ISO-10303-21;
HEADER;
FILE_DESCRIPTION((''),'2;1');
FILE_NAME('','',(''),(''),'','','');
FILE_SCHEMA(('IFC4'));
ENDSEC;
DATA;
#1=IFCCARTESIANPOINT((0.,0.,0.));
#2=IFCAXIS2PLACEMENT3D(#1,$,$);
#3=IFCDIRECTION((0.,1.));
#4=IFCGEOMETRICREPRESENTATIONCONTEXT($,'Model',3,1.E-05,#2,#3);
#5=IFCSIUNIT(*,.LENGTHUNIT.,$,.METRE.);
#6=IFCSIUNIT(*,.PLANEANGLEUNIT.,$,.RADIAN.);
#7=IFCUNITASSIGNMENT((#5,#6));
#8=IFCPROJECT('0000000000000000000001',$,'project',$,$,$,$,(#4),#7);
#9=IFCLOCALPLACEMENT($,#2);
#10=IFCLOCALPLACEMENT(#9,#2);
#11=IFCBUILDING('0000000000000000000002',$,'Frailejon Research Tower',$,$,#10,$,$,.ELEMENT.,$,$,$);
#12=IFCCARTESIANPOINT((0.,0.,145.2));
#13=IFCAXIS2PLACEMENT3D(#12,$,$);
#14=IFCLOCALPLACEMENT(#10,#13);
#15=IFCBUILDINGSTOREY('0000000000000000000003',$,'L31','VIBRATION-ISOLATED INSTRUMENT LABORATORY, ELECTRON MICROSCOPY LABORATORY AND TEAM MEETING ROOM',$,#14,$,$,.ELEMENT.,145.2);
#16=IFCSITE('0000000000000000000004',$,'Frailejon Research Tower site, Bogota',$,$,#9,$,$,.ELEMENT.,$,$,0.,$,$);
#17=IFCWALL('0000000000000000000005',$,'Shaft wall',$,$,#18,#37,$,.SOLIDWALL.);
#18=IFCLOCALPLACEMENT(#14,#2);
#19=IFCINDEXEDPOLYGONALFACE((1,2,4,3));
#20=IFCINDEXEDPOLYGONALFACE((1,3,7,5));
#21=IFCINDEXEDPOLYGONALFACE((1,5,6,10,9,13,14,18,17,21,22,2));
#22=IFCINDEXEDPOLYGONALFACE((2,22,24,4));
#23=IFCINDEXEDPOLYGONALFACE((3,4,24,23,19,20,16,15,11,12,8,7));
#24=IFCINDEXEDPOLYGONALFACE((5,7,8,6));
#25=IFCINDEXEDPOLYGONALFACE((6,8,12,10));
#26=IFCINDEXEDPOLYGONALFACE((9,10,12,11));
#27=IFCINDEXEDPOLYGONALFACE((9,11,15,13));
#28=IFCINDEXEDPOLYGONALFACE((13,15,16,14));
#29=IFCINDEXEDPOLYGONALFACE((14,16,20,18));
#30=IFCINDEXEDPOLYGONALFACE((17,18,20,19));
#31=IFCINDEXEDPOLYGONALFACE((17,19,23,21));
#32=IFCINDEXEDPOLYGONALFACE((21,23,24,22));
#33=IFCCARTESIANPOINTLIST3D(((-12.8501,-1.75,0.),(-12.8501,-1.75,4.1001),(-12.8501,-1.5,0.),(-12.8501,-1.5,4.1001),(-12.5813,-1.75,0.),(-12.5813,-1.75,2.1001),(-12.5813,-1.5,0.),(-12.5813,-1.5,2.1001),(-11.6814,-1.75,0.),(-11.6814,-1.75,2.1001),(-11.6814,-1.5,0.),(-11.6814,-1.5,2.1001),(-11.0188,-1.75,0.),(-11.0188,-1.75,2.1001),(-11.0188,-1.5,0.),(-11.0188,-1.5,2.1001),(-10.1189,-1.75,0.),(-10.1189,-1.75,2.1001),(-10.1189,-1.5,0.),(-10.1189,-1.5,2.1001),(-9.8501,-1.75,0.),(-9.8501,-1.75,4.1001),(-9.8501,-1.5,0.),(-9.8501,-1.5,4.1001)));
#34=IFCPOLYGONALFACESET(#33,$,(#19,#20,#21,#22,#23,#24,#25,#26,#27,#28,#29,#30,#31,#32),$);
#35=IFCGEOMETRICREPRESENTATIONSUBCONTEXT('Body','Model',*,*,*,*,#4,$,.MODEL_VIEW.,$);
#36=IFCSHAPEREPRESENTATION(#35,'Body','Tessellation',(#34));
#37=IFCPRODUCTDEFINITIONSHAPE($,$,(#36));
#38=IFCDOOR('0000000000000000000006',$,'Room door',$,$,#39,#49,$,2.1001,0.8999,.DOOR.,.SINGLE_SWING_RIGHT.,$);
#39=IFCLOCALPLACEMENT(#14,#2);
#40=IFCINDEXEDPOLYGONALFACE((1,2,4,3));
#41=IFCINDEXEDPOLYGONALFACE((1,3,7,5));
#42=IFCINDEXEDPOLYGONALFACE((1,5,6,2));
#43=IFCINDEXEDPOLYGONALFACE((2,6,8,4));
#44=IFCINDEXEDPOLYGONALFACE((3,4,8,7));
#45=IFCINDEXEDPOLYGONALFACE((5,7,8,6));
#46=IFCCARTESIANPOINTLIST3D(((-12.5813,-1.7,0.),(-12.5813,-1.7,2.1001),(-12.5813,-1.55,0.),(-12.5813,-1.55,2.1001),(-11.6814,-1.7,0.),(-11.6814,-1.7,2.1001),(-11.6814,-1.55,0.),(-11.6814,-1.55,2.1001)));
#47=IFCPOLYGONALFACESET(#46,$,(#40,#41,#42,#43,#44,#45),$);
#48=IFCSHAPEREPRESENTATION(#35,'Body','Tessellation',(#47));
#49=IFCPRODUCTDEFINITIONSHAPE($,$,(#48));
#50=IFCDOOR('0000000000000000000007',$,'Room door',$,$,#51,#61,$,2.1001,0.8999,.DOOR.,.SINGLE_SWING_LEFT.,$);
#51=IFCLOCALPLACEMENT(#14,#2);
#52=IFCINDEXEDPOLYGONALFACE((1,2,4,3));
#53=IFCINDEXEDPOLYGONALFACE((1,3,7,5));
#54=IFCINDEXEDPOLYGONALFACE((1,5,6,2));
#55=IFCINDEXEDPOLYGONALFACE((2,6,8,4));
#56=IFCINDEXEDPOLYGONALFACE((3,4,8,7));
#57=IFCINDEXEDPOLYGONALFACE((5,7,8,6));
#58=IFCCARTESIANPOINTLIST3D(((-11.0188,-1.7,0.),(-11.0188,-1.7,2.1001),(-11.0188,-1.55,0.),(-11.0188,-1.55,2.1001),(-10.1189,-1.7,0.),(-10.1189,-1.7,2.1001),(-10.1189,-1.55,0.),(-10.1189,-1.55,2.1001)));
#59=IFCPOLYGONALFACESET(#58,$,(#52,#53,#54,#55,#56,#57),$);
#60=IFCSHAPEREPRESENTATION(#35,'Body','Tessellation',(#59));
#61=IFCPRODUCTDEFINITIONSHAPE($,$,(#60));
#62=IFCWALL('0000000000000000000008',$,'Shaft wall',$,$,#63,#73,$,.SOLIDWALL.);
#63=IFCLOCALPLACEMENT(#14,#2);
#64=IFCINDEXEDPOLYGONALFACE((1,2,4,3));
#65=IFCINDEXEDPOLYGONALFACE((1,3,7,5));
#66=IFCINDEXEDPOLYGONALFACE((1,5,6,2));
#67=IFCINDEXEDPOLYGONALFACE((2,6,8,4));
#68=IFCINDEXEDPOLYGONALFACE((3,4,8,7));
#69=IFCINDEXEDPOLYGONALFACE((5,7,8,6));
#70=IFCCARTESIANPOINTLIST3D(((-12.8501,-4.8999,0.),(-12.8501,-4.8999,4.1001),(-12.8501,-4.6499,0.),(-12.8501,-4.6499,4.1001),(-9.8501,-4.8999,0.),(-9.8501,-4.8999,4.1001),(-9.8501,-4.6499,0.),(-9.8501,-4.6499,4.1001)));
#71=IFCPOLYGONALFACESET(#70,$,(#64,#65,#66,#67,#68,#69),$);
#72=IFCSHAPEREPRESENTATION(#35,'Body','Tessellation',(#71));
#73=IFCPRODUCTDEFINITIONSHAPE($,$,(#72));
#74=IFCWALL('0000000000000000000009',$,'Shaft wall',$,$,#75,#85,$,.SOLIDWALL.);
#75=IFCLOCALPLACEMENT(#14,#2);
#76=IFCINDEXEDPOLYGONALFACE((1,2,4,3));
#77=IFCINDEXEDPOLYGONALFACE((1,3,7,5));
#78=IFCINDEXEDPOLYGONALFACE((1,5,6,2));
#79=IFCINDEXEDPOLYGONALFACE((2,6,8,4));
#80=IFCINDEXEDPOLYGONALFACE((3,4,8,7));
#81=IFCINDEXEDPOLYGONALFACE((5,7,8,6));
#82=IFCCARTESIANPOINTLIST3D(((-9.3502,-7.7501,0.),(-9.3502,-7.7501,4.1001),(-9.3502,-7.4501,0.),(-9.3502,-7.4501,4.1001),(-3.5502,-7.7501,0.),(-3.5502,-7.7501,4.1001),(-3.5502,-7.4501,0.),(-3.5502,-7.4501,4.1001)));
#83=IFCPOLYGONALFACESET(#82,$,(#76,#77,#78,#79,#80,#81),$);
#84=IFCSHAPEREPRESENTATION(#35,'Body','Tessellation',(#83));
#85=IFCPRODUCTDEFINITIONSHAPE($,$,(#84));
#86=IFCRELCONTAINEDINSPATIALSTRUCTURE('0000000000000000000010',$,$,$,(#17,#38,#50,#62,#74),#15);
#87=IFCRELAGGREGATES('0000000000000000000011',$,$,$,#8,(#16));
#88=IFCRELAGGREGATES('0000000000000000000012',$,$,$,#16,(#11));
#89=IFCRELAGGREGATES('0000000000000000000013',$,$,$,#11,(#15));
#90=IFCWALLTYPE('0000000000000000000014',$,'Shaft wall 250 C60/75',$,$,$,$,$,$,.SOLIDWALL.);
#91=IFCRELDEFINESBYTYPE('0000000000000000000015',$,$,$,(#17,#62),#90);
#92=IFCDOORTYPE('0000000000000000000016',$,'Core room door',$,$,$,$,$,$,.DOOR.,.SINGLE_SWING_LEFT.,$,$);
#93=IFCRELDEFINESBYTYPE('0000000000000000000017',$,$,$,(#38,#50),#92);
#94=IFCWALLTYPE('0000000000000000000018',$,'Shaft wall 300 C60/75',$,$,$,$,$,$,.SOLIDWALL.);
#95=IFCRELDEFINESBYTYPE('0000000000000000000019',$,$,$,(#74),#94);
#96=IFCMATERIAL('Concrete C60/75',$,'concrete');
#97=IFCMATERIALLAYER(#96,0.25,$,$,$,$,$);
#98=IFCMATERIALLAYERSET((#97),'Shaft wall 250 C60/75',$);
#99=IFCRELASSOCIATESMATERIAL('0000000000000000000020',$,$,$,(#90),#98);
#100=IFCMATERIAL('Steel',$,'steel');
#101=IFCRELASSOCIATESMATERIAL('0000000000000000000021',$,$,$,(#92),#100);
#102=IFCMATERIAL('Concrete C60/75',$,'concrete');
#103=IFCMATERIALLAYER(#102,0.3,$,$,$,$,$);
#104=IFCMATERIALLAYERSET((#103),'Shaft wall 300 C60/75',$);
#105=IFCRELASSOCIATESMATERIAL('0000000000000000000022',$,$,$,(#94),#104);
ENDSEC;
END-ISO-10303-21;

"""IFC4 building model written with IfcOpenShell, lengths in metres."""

from ifc_helpers import new_model, si_unit, direction, frame, frame_2d, origin, place, context, subcontext, project, spatial, rectangle, extrude, material, layer, layer_set, type_object, element, fill, save


model = new_model("IFC4")

# Units and contexts
model_context = context("Model", 3, precision=1e-05, world=origin(), true_north=direction((0.0, 1.0)))
body_context = subcontext(model_context, "Body", "Model", "MODEL_VIEW")
ifc_project = project(units=[si_unit("LENGTHUNIT", "METRE"), si_unit("PLANEANGLEUNIT", "RADIAN")], contexts=[model_context])

# Site, building, storey
site_placement = place(None, origin())
site = spatial("IfcSite", under=ifc_project, at=site_placement, Name="Frailejon Research Tower site, Bogota", CompositionType="ELEMENT", RefElevation=0.0)
building_placement = place(site_placement, origin())
building = spatial("IfcBuilding", under=site, at=building_placement, Name="Frailejon Research Tower", CompositionType="ELEMENT")
storey_placement = place(building_placement, frame((0.0, 0.0, 145.2)))
storey = spatial("IfcBuildingStorey", under=building, at=storey_placement, Name="L31", Description="VIBRATION-ISOLATED INSTRUMENT LABORATORY, ELECTRON MICROSCOPY LABORATORY AND TEAM MEETING ROOM", CompositionType="ELEMENT", Elevation=145.2)

# Wall, openings, doors
ifc_material_1 = material(Name="Concrete C60/75", Category="concrete")
ifc_layer_1 = layer(ifc_material_1, 0.25)
ifc_layer_set_1 = layer_set([ifc_layer_1], Name="Shaft wall 250 C60/75")
wall_type_1 = type_object("IfcWallType", Name="Shaft wall 250 C60/75", PredefinedType="SOLIDWALL", material=ifc_layer_set_1)
wall_1_placement = place(storey_placement, frame((-12.8501, -1.625, 0.0), z_axis=(0.0, 0.0, 1.0), x_axis=(1.0, 0.0, 0.0)))
wall_1 = element("IfcWall", 1, at=wall_1_placement, inside=storey, type_object=wall_type_1, Name="Shaft wall", PredefinedType="SOLIDWALL", context=body_context, shape_type="SweptSolid", body=[
    extrude(rectangle(XDim=3.0, YDim=0.25, at=frame_2d((1.5, 0.0))), origin(), (0.0, 0.0, 1.0), 4.1001),
])
opening_1_placement = place(wall_1_placement, frame((0.2688, 0.0, 0.0)))
opening_1 = element("IfcOpeningElement", 2, at=opening_1_placement, cuts=wall_1, PredefinedType="OPENING", context=body_context, shape_type="SweptSolid", body=[
    extrude(rectangle(XDim=0.8999, YDim=2.1001, at=frame_2d((0.45, 1.05))), frame((0.0, 0.135, 0.0), z_axis=(0.0, -1.0, 0.0), x_axis=(1.0, 0.0, 0.0)), (0.0, 0.0, 1.0), 0.27),
])
opening_2_placement = place(wall_1_placement, frame((1.8313, 0.0, 0.0)))
opening_2 = element("IfcOpeningElement", 3, at=opening_2_placement, cuts=wall_1, PredefinedType="OPENING", context=body_context, shape_type="SweptSolid", body=[
    extrude(rectangle(XDim=0.8999, YDim=2.1001, at=frame_2d((0.45, 1.05))), frame((0.0, 0.135, 0.0), z_axis=(0.0, -1.0, 0.0), x_axis=(1.0, 0.0, 0.0)), (0.0, 0.0, 1.0), 0.27),
])
ifc_material_2 = material(Name="Steel", Category="steel")
door_type_1 = type_object("IfcDoorType", Name="Core room door", OperationType="SINGLE_SWING_LEFT", PredefinedType="DOOR", material=ifc_material_2)
door_1_placement = place(opening_1_placement, origin())
door_1 = element("IfcDoor", 4, at=door_1_placement, inside=storey, type_object=door_type_1, Name="Room door", OperationType="SINGLE_SWING_RIGHT", OverallHeight=2.1001, OverallWidth=0.8999, PredefinedType="DOOR", context=body_context, shape_type="SweptSolid", body=[
    extrude(rectangle(XDim=0.8999, YDim=2.1001, at=frame_2d((0.45, 1.05))), frame((0.0, 0.075, 0.0), z_axis=(0.0, -1.0, 0.0), x_axis=(1.0, 0.0, 0.0)), (0.0, 0.0, 1.0), 0.1499),
])
fill(opening_1, door_1)
door_2_placement = place(opening_2_placement, origin())
door_2 = element("IfcDoor", 5, at=door_2_placement, inside=storey, type_object=door_type_1, Name="Room door", OperationType="SINGLE_SWING_LEFT", OverallHeight=2.1001, OverallWidth=0.8999, PredefinedType="DOOR", context=body_context, shape_type="SweptSolid", body=[
    extrude(rectangle(XDim=0.8999, YDim=2.1001, at=frame_2d((0.45, 1.05))), frame((0.0, 0.075, 0.0), z_axis=(0.0, -1.0, 0.0), x_axis=(1.0, 0.0, 0.0)), (0.0, 0.0, 1.0), 0.1499),
])
fill(opening_2, door_2)

# Walls
wall_2_placement = place(storey_placement, frame((-12.8501, -4.7749, 0.0), z_axis=(0.0, 0.0, 1.0), x_axis=(1.0, 0.0, 0.0)))
element("IfcWall", 6, at=wall_2_placement, inside=storey, type_object=wall_type_1, Name="Shaft wall", PredefinedType="SOLIDWALL", context=body_context, shape_type="SweptSolid", body=[
    extrude(rectangle(XDim=3.0, YDim=0.25, at=frame_2d((1.5, 0.0))), origin(), (0.0, 0.0, 1.0), 4.1001),
])
ifc_material_3 = material(Name="Concrete C60/75", Category="concrete")
ifc_layer_2 = layer(ifc_material_3, 0.3)
ifc_layer_set_2 = layer_set([ifc_layer_2], Name="Shaft wall 300 C60/75")
wall_type_2 = type_object("IfcWallType", Name="Shaft wall 300 C60/75", PredefinedType="SOLIDWALL", material=ifc_layer_set_2)
wall_3_placement = place(storey_placement, frame((-9.3501, -7.6001, 0.0), z_axis=(0.0, 0.0, 1.0), x_axis=(1.0, 0.0, 0.0)))
element("IfcWall", 7, at=wall_3_placement, inside=storey, type_object=wall_type_2, Name="Shaft wall", PredefinedType="SOLIDWALL", context=body_context, shape_type="SweptSolid", body=[
    extrude(rectangle(XDim=5.8, YDim=0.3, at=frame_2d((2.8999, 0.0))), origin(), (0.0, 0.0, 1.0), 4.1001),
])

save(model, "model.ifc")
